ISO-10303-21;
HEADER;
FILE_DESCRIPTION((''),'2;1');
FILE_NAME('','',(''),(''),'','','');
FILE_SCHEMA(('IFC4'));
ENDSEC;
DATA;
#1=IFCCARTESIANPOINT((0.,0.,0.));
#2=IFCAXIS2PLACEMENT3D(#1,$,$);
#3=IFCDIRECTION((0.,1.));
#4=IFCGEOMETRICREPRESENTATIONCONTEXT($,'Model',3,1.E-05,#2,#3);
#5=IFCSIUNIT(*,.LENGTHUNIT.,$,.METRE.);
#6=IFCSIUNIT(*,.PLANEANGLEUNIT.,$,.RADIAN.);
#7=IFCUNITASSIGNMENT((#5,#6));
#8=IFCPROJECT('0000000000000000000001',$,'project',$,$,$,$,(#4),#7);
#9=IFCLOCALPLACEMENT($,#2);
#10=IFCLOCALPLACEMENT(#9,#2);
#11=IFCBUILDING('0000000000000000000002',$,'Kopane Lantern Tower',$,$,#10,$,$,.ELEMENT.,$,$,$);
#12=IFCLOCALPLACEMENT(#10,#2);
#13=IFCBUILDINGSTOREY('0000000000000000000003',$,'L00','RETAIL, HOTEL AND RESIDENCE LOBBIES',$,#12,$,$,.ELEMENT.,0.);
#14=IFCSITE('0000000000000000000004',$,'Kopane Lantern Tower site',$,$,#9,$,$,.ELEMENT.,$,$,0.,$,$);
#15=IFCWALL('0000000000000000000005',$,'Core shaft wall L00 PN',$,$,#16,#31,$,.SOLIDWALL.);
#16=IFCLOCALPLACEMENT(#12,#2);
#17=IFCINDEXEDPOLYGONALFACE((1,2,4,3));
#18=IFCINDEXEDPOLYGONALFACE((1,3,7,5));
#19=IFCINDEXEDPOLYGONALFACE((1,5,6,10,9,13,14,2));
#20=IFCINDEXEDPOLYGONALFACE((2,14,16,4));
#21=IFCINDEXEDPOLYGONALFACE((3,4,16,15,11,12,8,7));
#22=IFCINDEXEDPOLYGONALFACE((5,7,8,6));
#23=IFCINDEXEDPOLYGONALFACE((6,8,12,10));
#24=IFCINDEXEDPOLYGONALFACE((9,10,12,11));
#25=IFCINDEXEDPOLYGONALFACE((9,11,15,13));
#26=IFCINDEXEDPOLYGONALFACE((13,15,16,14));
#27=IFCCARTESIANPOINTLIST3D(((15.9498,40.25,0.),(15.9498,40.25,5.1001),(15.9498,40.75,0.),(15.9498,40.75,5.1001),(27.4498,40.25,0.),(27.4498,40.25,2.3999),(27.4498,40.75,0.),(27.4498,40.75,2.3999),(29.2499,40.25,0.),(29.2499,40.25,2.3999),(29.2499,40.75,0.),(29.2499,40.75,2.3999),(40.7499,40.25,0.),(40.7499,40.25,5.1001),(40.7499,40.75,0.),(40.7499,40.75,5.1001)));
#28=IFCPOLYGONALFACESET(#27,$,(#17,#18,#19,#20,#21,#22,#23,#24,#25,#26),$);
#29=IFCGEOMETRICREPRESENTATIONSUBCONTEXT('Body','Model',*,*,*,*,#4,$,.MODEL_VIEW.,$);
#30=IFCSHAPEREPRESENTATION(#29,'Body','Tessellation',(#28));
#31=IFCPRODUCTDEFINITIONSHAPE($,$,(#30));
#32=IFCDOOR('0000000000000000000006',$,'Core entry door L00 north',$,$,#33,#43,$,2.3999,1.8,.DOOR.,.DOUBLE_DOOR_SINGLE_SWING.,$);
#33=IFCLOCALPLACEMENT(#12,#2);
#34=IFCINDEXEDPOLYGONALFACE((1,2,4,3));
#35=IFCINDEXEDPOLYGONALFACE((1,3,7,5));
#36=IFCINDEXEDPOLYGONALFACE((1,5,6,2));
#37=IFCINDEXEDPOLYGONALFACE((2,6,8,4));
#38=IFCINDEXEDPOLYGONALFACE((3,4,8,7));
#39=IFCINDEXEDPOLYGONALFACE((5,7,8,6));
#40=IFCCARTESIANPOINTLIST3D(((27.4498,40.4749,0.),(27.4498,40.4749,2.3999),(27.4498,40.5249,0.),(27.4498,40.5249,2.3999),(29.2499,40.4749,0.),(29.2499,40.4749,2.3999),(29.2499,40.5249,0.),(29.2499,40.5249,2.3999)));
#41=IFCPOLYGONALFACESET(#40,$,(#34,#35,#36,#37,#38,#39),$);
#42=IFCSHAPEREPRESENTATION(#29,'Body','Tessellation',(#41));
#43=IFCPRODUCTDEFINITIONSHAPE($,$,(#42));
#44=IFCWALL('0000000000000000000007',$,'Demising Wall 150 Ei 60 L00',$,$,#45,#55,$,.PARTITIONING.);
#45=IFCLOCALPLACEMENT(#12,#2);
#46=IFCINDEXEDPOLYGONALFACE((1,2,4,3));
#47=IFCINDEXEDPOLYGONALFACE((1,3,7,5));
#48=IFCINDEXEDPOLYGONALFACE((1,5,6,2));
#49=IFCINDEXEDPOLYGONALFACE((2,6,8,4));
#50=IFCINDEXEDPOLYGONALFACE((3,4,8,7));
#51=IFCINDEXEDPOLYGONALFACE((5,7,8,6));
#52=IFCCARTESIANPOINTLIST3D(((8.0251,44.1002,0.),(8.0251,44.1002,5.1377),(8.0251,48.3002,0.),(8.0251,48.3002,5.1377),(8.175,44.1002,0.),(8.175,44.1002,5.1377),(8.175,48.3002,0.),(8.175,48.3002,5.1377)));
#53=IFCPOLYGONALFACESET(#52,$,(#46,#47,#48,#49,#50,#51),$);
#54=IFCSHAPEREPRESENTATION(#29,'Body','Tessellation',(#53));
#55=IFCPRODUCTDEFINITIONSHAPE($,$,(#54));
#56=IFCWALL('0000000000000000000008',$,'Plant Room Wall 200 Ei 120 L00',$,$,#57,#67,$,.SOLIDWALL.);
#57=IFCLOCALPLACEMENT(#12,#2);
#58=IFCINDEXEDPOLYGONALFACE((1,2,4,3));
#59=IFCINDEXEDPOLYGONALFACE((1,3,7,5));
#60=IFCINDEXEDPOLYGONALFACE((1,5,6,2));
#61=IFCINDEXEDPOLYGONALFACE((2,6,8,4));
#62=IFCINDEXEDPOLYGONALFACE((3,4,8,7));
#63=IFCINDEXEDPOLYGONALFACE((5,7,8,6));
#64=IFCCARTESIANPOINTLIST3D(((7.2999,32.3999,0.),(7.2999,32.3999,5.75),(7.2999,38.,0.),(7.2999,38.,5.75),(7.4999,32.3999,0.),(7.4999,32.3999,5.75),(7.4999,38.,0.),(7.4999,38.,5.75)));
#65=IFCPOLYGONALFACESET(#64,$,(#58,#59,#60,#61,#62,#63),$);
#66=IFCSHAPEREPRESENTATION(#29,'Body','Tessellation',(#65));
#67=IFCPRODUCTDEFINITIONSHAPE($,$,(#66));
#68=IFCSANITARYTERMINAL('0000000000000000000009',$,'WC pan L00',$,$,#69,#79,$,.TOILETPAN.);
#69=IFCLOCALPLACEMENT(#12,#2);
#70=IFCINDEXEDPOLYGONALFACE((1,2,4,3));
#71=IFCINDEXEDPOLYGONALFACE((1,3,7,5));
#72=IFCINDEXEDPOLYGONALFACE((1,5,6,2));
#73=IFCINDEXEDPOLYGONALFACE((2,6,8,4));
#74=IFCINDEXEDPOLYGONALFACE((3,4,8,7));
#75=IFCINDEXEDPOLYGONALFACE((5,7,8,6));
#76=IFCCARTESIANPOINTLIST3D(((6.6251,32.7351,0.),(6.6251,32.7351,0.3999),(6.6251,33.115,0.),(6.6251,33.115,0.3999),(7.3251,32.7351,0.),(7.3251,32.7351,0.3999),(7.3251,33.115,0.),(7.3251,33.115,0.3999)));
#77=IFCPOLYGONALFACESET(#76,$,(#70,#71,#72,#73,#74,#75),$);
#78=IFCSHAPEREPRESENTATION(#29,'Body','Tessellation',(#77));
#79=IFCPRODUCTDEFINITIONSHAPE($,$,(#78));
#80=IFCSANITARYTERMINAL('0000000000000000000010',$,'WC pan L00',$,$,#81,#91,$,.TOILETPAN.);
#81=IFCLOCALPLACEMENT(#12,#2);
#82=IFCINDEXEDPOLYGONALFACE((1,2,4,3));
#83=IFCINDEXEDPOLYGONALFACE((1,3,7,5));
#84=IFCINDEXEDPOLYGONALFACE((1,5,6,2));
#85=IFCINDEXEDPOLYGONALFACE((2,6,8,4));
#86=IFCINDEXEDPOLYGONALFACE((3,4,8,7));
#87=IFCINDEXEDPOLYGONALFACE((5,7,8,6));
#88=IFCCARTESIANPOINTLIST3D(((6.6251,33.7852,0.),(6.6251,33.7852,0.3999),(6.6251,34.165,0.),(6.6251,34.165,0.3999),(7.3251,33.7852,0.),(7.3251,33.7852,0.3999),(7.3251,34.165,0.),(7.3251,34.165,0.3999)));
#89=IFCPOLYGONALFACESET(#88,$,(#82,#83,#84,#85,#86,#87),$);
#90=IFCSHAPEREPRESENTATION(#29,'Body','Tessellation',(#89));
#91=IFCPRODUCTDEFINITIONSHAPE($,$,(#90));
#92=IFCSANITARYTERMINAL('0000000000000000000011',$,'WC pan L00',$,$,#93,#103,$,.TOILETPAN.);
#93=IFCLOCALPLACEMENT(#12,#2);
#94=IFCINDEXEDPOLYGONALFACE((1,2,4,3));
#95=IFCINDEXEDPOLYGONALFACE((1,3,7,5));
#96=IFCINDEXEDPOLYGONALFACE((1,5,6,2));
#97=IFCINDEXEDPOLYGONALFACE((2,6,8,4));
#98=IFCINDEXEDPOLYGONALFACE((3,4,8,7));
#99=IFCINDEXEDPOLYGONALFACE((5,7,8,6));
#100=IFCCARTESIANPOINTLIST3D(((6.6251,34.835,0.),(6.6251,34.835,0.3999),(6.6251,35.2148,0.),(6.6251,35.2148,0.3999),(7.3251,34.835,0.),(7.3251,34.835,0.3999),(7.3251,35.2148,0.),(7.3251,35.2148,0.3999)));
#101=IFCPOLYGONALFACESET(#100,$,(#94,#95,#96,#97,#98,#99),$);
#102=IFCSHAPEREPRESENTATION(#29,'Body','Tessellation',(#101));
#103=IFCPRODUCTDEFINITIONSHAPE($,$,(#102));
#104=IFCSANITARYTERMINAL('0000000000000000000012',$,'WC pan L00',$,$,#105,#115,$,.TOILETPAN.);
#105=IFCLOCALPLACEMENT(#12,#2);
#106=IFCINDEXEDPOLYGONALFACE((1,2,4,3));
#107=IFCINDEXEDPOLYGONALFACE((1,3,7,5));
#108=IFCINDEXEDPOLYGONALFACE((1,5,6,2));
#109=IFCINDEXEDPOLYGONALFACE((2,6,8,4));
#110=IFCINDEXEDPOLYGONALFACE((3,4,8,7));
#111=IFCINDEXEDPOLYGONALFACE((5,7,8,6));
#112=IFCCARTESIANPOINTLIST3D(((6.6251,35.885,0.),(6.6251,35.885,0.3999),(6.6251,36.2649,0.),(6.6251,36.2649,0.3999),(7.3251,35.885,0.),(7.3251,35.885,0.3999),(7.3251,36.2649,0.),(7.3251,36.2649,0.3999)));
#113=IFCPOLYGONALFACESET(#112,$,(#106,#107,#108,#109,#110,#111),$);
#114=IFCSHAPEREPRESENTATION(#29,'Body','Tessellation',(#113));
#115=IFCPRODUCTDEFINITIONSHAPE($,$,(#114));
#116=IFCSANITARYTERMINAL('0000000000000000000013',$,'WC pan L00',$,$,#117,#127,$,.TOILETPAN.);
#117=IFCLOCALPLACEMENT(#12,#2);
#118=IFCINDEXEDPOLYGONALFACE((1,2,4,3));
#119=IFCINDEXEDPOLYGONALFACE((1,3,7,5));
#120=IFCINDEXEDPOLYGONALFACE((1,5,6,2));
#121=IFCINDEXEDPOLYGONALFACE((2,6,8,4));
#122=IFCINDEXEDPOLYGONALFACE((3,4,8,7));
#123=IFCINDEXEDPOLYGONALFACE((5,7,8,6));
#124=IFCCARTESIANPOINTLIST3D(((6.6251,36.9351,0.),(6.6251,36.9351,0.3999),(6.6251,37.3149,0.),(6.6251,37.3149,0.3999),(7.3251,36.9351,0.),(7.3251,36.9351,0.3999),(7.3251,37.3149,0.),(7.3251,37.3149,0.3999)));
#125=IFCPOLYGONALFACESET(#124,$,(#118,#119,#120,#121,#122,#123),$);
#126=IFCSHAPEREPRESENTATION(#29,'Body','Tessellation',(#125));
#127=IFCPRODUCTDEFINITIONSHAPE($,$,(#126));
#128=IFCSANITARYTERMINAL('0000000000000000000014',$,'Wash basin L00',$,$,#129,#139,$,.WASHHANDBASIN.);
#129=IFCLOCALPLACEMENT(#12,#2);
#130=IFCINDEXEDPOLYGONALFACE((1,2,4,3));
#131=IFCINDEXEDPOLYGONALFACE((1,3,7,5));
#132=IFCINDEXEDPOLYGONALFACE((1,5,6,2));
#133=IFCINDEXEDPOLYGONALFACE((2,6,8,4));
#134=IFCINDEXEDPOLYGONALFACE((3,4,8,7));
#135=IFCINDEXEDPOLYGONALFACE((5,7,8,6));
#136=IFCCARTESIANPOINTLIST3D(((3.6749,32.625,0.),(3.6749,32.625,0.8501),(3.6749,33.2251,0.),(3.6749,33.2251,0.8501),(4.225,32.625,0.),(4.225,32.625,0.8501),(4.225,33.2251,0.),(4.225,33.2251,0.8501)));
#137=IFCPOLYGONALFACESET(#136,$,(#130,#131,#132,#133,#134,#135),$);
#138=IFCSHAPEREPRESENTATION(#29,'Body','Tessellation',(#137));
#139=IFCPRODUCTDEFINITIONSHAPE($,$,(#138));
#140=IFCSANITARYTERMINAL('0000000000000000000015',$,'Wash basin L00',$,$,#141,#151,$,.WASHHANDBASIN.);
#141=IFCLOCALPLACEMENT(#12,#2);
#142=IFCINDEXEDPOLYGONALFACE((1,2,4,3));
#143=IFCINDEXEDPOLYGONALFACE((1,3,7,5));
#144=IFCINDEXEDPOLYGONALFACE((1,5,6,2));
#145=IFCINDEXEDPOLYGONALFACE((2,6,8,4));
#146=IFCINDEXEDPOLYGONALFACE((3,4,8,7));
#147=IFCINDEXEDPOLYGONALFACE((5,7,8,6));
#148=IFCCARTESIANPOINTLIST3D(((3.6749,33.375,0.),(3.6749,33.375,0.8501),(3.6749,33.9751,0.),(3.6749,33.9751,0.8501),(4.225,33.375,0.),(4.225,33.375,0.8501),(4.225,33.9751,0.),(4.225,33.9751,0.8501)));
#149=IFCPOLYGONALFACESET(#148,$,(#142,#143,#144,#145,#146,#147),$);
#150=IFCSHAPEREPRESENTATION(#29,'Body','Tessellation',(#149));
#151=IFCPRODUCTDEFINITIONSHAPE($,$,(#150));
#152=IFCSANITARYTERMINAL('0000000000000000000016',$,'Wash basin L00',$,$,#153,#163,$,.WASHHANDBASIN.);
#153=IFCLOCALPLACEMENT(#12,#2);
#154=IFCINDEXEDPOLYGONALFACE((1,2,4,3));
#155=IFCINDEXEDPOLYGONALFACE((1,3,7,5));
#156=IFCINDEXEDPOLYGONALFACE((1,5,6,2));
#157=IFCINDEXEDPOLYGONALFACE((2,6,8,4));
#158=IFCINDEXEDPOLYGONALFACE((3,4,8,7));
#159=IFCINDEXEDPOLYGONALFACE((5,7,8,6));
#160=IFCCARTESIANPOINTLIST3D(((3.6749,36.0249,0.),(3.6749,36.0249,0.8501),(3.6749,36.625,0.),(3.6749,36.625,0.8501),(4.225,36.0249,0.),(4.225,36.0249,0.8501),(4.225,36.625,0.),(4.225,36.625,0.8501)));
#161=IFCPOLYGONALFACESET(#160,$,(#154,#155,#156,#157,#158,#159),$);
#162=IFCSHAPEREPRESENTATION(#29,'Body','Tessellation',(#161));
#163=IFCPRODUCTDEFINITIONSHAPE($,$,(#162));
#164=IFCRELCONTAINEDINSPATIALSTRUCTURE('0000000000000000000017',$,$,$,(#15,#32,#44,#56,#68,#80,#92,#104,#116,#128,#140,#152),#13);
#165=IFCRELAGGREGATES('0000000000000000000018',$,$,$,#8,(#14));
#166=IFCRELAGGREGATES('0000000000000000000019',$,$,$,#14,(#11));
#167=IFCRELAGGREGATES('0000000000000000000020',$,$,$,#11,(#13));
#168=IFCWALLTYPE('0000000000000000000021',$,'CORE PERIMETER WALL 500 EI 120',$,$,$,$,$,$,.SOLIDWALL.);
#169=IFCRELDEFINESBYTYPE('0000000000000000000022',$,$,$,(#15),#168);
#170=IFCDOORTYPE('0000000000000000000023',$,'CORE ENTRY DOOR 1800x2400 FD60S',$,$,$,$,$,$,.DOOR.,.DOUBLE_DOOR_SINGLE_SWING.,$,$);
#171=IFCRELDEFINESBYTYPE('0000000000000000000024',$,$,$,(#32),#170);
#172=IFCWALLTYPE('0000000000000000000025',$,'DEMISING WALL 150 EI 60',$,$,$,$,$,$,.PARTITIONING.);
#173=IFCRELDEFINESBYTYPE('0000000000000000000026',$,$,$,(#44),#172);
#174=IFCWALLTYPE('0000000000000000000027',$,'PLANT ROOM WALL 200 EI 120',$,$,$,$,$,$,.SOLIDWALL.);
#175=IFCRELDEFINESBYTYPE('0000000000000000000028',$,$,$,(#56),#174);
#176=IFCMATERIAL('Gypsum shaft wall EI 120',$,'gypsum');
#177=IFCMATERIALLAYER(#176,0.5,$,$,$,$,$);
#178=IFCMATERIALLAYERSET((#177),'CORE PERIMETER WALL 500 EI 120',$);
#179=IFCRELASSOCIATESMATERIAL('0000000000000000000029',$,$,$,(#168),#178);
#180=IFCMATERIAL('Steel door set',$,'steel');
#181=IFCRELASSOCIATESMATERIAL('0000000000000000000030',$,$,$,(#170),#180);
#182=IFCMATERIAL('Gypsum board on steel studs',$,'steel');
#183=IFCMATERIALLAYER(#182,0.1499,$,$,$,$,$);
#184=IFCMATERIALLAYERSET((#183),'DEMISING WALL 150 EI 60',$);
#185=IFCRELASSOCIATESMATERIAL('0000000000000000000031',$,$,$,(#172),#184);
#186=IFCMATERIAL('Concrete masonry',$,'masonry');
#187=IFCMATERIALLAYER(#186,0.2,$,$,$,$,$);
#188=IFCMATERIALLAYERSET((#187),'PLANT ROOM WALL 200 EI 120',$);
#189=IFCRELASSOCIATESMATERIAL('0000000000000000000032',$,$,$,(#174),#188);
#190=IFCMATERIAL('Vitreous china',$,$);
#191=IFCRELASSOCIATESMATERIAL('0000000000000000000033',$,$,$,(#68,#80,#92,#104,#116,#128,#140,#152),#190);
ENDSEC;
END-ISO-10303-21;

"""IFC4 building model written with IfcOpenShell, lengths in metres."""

from ifc_helpers import new_model, si_unit, direction, frame, frame_2d, origin, origin_2d, place, context, subcontext, project, spatial, rectangle, extrude, material, layer, layer_set, type_object, element, fill, save


model = new_model("IFC4")

# Units and contexts
model_context = context("Model", 3, precision=1e-05, world=origin(), true_north=direction((0.0, 1.0)))
body_context = subcontext(model_context, "Body", "Model", "MODEL_VIEW")
ifc_project = project(units=[si_unit("LENGTHUNIT", "METRE"), si_unit("PLANEANGLEUNIT", "RADIAN")], contexts=[model_context])

# Site, building, storey
site_placement = place(None, origin())
site = spatial("IfcSite", under=ifc_project, at=site_placement, Name="Kopane Lantern Tower site", CompositionType="ELEMENT", RefElevation=0.0)
building_placement = place(site_placement, origin())
building = spatial("IfcBuilding", under=site, at=building_placement, Name="Kopane Lantern Tower", CompositionType="ELEMENT")
storey_placement = place(building_placement, origin())
storey = spatial("IfcBuildingStorey", under=building, at=storey_placement, Name="L00", Description="RETAIL, HOTEL AND RESIDENCE LOBBIES", CompositionType="ELEMENT", Elevation=0.0)

# Wall, opening, door
ifc_material_1 = material(Name="Gypsum shaft wall EI 120", Category="gypsum")
ifc_layer_1 = layer(ifc_material_1, 0.5)
ifc_layer_set_1 = layer_set([ifc_layer_1], Name="CORE PERIMETER WALL 500 EI 120")
wall_type_1 = type_object("IfcWallType", Name="CORE PERIMETER WALL 500 EI 120", PredefinedType="SOLIDWALL", material=ifc_layer_set_1)
wall_1_placement = place(storey_placement, frame((15.95, 40.5, 0.0), z_axis=(0.0, 0.0, 1.0), x_axis=(1.0, 0.0, 0.0)))
wall_1 = element("IfcWall", 1, at=wall_1_placement, inside=storey, type_object=wall_type_1, Name="Core shaft wall L00 PN", PredefinedType="SOLIDWALL", context=body_context, shape_type="SweptSolid", body=[
    extrude(rectangle(XDim=24.8, YDim=0.5, at=frame_2d((12.3999, 0.0))), origin(), (0.0, 0.0, 1.0), 5.1001),
])
opening_1_placement = place(wall_1_placement, frame((11.5, 0.0, 0.0)))
opening_1 = element("IfcOpeningElement", 2, at=opening_1_placement, cuts=wall_1, PredefinedType="OPENING", context=body_context, shape_type="SweptSolid", body=[
    extrude(rectangle(XDim=1.8, YDim=2.3999, at=frame_2d((0.8999, 1.2))), frame((0.0, 0.26, 0.0), z_axis=(0.0, -1.0, 0.0), x_axis=(1.0, 0.0, 0.0)), (0.0, 0.0, 1.0), 0.52),
])
ifc_material_2 = material(Name="Steel door set", Category="steel")
door_type_1 = type_object("IfcDoorType", Name="CORE ENTRY DOOR 1800x2400 FD60S", OperationType="DOUBLE_DOOR_SINGLE_SWING", PredefinedType="DOOR", material=ifc_material_2)
door_1_placement = place(opening_1_placement, origin())
door_1 = element("IfcDoor", 3, at=door_1_placement, inside=storey, type_object=door_type_1, Name="Core entry door L00 north", OperationType="DOUBLE_DOOR_SINGLE_SWING", OverallHeight=2.3999, OverallWidth=1.8, PredefinedType="DOOR", context=body_context, shape_type="SweptSolid", body=[
    extrude(rectangle(XDim=1.8, YDim=2.3999, at=frame_2d((0.8999, 1.2))), frame((0.0, 0.0249, 0.0), z_axis=(0.0, -1.0, 0.0), x_axis=(1.0, 0.0, 0.0)), (0.0, 0.0, 1.0), 0.05),
])
fill(opening_1, door_1)

# Walls
ifc_material_3 = material(Name="Gypsum board on steel studs", Category="steel")
ifc_layer_2 = layer(ifc_material_3, 0.1499)
ifc_layer_set_2 = layer_set([ifc_layer_2], Name="DEMISING WALL 150 EI 60")
wall_type_2 = type_object("IfcWallType", Name="DEMISING WALL 150 EI 60", PredefinedType="PARTITIONING", material=ifc_layer_set_2)
wall_2_placement = place(storey_placement, frame((8.1001, 44.1001, 0.0), z_axis=(0.0, 0.0, 1.0), x_axis=(0.0, 1.0, 0.0)))
element("IfcWall", 4, at=wall_2_placement, inside=storey, type_object=wall_type_2, Name="Demising Wall 150 Ei 60 L00", PredefinedType="PARTITIONING", context=body_context, shape_type="SweptSolid", body=[
    extrude(rectangle(XDim=4.2, YDim=0.1499, at=frame_2d((2.1001, 0.0))), origin(), (0.0, 0.0, 1.0), 5.1377),
])
ifc_material_4 = material(Name="Concrete masonry", Category="masonry")
ifc_layer_3 = layer(ifc_material_4, 0.2)
ifc_layer_set_3 = layer_set([ifc_layer_3], Name="PLANT ROOM WALL 200 EI 120")
wall_type_3 = type_object("IfcWallType", Name="PLANT ROOM WALL 200 EI 120", PredefinedType="SOLIDWALL", material=ifc_layer_set_3)
wall_3_placement = place(storey_placement, frame((7.3999, 32.3999, 0.0), z_axis=(0.0, 0.0, 1.0), x_axis=(0.0, 1.0, 0.0)))
element("IfcWall", 5, at=wall_3_placement, inside=storey, type_object=wall_type_3, Name="Plant Room Wall 200 Ei 120 L00", PredefinedType="SOLIDWALL", context=body_context, shape_type="SweptSolid", body=[
    extrude(rectangle(XDim=5.6001, YDim=0.2, at=frame_2d((2.8, 0.0))), origin(), (0.0, 0.0, 1.0), 5.75),
])

# Sanitary terminals
ifc_material_5 = material(Name="Vitreous china")
for number, where, z_axis, x_axis, name in (
    (6, (6.9751, 32.925, 0.0), (0.0, 0.0, 1.0), (1.0, 0.0, 0.0), "WC pan L00"),
    (7, (6.9751, 33.9751, 0.0), (0.0, 0.0, 1.0), (1.0, 0.0, 0.0), "WC pan L00"),
    (8, (6.9751, 35.0249, 0.0), (0.0, 0.0, 1.0), (1.0, 0.0, 0.0), "WC pan L00"),
    (9, (6.9751, 36.075, 0.0), (0.0, 0.0, 1.0), (1.0, 0.0, 0.0), "WC pan L00"),
    (10, (6.9751, 37.125, 0.0), (0.0, 0.0, 1.0), (1.0, 0.0, 0.0), "WC pan L00"),
):
    element("IfcSanitaryTerminal", number, at=place(storey_placement, frame(where, z_axis=z_axis, x_axis=x_axis)), inside=storey, material=ifc_material_5, Name=name, PredefinedType="TOILETPAN", context=body_context, shape_type="SweptSolid", body=[
        extrude(rectangle(XDim=0.7, YDim=0.3799, at=origin_2d()), origin(), (0.0, 0.0, 1.0), 0.3999),
    ])
for number, where, z_axis, x_axis, name in (
    (11, (3.95, 32.925, 0.0), (0.0, 0.0, 1.0), (1.0, 0.0, 0.0), "Wash basin L00"),
    (12, (3.95, 33.675, 0.0), (0.0, 0.0, 1.0), (1.0, 0.0, 0.0), "Wash basin L00"),
    (13, (3.95, 36.325, 0.0), (0.0, 0.0, 1.0), (1.0, 0.0, 0.0), "Wash basin L00"),
):
    element("IfcSanitaryTerminal", number, at=place(storey_placement, frame(where, z_axis=z_axis, x_axis=x_axis)), inside=storey, material=ifc_material_5, Name=name, PredefinedType="WASHHANDBASIN", context=body_context, shape_type="SweptSolid", body=[
        extrude(rectangle(XDim=0.55, YDim=0.6001, at=origin_2d()), origin(), (0.0, 0.0, 1.0), 0.8501),
    ])

save(model, "model.ifc")
